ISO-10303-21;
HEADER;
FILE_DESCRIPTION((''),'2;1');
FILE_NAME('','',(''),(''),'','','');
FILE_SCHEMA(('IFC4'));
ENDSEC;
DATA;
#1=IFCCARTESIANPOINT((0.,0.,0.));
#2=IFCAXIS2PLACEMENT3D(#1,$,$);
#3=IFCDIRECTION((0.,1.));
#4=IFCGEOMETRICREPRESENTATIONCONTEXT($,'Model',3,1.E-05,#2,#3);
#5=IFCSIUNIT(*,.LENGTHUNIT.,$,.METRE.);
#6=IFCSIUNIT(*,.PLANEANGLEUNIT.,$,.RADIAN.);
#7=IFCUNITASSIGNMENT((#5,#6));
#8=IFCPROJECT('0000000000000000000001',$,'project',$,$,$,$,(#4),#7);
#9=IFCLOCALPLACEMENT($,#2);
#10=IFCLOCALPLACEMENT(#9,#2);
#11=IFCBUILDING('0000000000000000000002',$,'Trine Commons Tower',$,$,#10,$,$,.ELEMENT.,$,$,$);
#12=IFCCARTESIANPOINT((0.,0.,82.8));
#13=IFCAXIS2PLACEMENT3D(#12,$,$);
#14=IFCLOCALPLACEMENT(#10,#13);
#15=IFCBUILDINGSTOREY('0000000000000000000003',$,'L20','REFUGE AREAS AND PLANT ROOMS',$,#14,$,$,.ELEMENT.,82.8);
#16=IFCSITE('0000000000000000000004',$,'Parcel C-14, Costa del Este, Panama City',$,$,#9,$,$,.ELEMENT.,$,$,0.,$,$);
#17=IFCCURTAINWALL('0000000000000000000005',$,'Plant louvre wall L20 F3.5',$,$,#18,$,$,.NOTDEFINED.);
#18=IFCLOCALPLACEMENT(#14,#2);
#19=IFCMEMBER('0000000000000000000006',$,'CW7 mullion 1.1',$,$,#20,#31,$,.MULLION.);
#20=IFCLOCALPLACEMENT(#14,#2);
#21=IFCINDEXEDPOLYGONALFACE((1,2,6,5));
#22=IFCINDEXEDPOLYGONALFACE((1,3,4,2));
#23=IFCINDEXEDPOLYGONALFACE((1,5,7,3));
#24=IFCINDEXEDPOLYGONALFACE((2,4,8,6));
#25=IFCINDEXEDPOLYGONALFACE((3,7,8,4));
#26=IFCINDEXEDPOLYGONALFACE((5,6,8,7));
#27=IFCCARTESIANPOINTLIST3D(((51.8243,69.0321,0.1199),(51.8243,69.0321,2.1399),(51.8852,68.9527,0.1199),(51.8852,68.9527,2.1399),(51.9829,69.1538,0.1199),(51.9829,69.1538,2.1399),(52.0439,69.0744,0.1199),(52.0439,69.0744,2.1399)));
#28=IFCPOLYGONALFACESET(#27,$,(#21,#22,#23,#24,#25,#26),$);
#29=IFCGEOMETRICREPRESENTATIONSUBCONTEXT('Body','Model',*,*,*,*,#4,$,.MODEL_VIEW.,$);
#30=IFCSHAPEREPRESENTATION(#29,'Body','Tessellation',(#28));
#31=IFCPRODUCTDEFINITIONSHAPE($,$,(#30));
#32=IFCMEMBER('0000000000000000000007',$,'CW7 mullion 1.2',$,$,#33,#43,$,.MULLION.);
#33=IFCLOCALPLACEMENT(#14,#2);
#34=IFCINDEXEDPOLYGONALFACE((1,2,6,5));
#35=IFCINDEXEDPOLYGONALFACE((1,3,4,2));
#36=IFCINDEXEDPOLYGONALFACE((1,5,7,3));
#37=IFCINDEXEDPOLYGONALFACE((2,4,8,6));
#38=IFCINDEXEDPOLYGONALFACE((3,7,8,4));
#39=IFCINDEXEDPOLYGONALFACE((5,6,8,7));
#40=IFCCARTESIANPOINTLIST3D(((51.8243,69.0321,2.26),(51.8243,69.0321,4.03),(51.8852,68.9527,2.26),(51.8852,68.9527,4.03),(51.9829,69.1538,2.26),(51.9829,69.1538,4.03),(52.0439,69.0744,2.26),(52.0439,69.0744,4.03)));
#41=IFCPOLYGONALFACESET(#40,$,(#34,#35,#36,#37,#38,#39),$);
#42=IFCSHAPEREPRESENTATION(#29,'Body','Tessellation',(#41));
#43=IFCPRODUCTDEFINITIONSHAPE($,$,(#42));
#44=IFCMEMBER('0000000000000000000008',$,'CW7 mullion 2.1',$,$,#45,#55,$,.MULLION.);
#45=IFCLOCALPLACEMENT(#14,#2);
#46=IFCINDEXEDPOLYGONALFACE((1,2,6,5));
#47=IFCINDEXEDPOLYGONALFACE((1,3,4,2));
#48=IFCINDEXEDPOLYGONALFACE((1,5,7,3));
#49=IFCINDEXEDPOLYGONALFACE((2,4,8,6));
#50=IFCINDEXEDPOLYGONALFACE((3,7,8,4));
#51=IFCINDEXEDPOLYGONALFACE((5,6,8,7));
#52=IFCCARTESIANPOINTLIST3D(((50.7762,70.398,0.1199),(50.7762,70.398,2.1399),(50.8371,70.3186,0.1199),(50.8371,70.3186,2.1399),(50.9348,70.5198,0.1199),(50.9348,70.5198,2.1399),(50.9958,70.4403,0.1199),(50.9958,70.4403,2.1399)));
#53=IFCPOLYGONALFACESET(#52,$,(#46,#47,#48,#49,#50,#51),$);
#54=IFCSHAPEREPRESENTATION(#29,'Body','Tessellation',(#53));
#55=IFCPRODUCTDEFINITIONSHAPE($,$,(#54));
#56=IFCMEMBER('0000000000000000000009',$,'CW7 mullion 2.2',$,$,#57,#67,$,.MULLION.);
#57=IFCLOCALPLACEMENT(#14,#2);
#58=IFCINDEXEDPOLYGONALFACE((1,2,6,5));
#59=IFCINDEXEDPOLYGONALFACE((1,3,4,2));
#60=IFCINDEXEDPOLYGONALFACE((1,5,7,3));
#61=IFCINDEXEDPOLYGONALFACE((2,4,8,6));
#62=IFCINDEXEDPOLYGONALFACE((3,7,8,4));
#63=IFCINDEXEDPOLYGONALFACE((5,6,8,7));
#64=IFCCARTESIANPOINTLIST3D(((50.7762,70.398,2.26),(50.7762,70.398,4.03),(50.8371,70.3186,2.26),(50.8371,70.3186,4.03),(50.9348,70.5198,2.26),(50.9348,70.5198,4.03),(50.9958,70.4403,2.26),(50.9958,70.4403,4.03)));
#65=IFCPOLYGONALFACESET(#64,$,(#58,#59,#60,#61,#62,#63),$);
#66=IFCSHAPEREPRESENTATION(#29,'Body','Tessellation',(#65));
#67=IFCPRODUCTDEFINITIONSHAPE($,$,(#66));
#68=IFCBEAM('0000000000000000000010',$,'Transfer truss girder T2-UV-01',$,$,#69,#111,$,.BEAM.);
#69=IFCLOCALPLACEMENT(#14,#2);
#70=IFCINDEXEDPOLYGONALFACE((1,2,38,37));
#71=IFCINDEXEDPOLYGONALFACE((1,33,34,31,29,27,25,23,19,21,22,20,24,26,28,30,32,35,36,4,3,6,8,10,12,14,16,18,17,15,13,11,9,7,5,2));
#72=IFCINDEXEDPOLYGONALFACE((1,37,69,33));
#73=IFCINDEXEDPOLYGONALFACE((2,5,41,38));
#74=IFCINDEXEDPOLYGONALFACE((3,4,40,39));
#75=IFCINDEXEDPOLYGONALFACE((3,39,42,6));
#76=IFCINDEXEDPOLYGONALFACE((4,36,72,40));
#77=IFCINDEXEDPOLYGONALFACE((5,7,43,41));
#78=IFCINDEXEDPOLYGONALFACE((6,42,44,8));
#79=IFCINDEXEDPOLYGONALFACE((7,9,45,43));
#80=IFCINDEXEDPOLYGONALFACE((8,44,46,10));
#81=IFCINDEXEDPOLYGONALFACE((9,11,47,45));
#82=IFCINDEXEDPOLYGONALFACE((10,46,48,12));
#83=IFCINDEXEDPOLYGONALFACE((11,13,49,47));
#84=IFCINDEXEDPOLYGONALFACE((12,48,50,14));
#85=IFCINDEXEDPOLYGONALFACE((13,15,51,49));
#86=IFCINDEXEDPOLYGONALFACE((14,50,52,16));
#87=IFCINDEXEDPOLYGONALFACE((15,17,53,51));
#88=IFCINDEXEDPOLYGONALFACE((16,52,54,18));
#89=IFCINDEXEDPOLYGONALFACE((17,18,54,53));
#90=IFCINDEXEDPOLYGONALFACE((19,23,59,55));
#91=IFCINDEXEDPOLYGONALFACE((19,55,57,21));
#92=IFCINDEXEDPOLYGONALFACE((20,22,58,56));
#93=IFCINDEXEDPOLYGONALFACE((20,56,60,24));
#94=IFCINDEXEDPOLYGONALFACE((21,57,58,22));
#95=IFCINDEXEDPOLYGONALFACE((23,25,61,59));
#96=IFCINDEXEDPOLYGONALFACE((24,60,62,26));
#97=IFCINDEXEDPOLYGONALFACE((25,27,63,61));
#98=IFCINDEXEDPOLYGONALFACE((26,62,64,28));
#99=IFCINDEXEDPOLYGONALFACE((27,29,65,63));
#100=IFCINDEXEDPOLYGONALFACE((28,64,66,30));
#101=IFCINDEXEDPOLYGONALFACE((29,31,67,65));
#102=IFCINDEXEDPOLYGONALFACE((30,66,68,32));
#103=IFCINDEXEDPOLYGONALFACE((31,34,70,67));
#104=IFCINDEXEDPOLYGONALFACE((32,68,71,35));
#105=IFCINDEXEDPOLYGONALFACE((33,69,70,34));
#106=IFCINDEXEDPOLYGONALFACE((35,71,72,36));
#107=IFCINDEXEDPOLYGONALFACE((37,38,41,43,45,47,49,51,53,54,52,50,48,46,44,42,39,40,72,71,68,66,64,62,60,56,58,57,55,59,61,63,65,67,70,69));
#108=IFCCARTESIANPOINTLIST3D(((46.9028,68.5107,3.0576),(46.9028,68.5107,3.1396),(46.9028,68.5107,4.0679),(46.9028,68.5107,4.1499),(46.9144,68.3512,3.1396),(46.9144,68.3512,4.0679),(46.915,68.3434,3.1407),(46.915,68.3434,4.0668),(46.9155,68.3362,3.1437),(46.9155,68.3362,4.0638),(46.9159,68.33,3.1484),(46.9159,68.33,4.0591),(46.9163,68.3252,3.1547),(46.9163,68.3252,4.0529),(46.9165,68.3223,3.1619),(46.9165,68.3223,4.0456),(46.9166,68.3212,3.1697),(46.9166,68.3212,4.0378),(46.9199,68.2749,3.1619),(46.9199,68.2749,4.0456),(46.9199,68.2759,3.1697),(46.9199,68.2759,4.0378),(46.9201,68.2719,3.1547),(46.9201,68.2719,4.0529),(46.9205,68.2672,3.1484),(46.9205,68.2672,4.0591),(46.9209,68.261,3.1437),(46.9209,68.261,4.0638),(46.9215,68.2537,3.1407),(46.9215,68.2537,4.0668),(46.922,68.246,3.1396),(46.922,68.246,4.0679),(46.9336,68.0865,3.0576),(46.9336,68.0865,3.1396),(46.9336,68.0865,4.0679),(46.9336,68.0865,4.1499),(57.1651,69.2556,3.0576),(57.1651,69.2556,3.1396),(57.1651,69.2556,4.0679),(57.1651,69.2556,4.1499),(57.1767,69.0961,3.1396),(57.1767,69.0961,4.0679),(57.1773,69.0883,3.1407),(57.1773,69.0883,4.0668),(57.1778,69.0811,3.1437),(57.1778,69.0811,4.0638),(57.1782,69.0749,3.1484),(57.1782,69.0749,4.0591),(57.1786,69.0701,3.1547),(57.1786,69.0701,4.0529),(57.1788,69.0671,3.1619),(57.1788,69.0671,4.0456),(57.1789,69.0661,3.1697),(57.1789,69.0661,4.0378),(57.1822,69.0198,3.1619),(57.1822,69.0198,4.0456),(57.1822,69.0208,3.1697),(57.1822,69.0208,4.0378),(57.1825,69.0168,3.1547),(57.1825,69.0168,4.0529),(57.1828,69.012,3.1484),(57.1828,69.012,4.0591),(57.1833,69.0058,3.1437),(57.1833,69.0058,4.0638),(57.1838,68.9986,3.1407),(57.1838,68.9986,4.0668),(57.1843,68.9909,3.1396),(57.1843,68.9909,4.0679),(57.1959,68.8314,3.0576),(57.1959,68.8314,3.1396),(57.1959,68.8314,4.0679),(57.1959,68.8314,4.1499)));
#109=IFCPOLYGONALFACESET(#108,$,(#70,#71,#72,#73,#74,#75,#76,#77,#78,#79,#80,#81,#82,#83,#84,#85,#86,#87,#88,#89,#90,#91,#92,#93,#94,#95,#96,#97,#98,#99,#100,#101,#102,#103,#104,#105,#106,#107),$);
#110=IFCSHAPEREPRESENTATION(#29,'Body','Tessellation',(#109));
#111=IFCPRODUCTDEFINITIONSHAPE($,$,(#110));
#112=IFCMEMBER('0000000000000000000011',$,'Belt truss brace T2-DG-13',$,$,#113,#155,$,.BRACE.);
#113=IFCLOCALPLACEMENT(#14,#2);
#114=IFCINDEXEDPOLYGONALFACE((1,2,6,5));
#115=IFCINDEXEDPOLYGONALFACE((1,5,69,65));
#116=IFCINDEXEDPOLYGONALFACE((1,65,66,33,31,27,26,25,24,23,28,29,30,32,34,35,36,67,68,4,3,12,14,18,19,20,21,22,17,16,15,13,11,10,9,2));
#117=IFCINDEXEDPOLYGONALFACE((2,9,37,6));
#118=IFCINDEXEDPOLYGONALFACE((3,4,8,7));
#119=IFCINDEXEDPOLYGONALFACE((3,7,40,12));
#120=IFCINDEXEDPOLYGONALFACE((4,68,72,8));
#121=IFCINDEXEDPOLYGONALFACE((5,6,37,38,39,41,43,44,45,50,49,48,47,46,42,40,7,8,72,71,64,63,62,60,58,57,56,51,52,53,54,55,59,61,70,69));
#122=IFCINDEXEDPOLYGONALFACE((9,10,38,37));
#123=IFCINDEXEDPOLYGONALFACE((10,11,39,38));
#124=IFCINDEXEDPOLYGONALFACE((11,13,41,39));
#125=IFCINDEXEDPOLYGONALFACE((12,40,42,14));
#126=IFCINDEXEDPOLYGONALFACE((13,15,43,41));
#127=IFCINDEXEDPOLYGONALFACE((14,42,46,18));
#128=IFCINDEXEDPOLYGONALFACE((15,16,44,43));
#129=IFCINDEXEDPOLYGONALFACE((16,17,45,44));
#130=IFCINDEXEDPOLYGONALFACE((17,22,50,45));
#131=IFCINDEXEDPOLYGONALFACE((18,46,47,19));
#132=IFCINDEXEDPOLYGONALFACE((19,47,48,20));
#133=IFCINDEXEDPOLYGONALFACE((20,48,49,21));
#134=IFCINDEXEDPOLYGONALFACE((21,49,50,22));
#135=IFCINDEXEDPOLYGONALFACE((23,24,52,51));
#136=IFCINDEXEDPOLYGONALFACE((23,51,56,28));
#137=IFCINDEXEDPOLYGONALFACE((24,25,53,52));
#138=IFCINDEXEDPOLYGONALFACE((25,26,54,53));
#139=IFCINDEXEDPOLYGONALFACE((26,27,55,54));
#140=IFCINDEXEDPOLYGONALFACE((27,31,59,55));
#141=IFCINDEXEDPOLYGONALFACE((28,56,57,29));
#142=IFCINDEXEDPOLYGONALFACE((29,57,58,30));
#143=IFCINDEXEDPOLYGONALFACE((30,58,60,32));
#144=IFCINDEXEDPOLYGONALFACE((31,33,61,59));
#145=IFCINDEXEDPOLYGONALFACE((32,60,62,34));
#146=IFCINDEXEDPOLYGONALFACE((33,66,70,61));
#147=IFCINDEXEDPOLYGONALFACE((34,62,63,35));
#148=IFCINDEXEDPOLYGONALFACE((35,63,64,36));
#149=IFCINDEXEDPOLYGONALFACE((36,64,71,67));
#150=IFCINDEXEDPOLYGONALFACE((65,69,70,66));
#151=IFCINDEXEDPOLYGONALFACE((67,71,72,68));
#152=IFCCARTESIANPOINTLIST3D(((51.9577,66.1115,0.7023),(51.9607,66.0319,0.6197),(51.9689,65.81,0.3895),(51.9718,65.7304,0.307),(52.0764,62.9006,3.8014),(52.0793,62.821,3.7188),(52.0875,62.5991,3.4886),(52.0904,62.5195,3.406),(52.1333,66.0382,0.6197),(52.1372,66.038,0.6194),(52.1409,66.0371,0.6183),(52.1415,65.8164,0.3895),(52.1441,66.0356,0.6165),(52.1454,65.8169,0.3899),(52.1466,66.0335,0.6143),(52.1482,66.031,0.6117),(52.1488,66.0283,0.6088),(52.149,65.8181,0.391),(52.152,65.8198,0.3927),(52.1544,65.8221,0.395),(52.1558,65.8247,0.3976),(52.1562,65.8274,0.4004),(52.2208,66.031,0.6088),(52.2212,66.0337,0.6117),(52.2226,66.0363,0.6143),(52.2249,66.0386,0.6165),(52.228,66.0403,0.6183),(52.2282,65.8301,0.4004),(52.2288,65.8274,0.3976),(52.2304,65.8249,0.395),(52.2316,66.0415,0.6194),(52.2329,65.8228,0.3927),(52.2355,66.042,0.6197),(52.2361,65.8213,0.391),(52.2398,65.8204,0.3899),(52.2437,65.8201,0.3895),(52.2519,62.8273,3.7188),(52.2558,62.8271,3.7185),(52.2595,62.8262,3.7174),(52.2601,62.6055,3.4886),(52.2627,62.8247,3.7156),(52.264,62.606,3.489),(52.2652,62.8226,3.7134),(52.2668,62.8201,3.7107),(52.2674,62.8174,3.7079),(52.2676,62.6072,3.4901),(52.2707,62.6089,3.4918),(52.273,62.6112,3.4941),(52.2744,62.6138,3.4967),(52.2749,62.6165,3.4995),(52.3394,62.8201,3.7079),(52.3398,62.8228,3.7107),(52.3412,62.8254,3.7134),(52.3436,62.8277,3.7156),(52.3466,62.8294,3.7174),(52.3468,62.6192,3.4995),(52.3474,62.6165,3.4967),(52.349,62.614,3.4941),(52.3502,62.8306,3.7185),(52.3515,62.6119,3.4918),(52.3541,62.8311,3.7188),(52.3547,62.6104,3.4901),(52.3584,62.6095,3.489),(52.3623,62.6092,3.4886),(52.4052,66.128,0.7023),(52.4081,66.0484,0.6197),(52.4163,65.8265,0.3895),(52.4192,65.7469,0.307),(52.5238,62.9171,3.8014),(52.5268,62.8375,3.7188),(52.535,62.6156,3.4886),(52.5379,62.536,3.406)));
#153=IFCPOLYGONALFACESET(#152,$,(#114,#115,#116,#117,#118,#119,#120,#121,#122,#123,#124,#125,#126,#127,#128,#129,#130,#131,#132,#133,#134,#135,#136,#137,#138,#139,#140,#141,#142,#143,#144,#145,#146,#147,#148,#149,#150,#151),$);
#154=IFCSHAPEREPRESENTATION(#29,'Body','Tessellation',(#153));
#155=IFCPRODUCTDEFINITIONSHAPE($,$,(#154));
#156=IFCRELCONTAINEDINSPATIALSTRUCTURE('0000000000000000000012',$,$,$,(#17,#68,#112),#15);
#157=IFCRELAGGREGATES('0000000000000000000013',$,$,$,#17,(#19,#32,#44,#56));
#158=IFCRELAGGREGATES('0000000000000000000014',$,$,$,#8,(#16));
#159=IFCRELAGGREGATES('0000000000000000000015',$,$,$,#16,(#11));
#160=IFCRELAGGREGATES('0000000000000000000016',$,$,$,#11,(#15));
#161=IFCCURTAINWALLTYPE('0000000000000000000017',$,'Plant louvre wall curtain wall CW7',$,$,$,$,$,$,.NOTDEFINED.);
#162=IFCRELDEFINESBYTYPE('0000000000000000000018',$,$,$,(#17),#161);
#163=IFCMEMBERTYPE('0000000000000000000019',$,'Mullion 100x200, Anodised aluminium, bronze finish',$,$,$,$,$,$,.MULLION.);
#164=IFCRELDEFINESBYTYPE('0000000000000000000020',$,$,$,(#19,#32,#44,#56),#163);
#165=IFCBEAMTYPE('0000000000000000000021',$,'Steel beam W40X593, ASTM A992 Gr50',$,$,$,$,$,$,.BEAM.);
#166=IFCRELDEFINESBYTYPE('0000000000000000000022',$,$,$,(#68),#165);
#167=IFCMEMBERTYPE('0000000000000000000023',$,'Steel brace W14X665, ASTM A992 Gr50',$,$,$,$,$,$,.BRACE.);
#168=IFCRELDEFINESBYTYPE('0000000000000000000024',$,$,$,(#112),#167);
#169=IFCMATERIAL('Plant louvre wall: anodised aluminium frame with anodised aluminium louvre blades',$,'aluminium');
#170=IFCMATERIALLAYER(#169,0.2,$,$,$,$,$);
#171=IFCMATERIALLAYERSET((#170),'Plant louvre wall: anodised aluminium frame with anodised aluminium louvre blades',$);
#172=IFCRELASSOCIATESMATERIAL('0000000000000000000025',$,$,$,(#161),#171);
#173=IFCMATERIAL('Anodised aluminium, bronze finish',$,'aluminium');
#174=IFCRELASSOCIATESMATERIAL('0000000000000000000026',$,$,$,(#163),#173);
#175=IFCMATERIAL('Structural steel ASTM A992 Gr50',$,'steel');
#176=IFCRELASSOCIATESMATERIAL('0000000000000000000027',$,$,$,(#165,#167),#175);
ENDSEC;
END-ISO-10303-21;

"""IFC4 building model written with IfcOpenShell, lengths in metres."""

from ifc_helpers import new_model, si_unit, direction, frame, origin, origin_2d, place, context, subcontext, project, spatial, rectangle, i_section, extrude, material, layer, layer_set, material_profile, profile_set, type_object, element, aggregate, save


model = new_model("IFC4")

# Units and contexts
model_context = context("Model", 3, precision=1e-05, world=origin(), true_north=direction((0.0, 1.0)))
body_context = subcontext(model_context, "Body", "Model", "MODEL_VIEW")
ifc_project = project(units=[si_unit("LENGTHUNIT", "METRE"), si_unit("PLANEANGLEUNIT", "RADIAN")], contexts=[model_context])

# Site, building, storey
site_placement = place(None, origin())
site = spatial("IfcSite", under=ifc_project, at=site_placement, Name="Parcel C-14, Costa del Este, Panama City", CompositionType="ELEMENT", RefElevation=0.0)
building_placement = place(site_placement, origin())
building = spatial("IfcBuilding", under=site, at=building_placement, Name="Trine Commons Tower", CompositionType="ELEMENT")
storey_placement = place(building_placement, frame((0.0, 0.0, 82.8)))
storey = spatial("IfcBuildingStorey", under=building, at=storey_placement, Name="L20", Description="REFUGE AREAS AND PLANT ROOMS", CompositionType="ELEMENT", Elevation=82.8)

# Curtain wall, members
ifc_material_1 = material(Name="Plant louvre wall: anodised aluminium frame with anodised aluminium louvre blades", Category="aluminium")
ifc_layer_1 = layer(ifc_material_1, 0.2)
ifc_layer_set_1 = layer_set([ifc_layer_1], Name="Plant louvre wall: anodised aluminium frame with anodised aluminium louvre blades")
curtain_wall_type = type_object("IfcCurtainWallType", Name="Plant louvre wall curtain wall CW7", PredefinedType="NOTDEFINED", material=ifc_layer_set_1)
curtain_wall_placement = place(storey_placement, origin())
curtain_wall = element("IfcCurtainWall", 1, at=curtain_wall_placement, inside=storey, type_object=curtain_wall_type, Name="Plant louvre wall L20 F3.5", PredefinedType="NOTDEFINED")
ifc_material_2 = material(Name="Anodised aluminium, bronze finish", Category="aluminium")
ifc_material_profile_1 = material_profile(ifc_material_2, rectangle(XDim=0.2, YDim=0.1001, at=origin_2d()), Name="Mullion 100x200")
ifc_profile_set_1 = profile_set([ifc_material_profile_1], Name="Anodised aluminium, bronze finish")
member_type_1 = type_object("IfcMemberType", Name="Mullion 100x200, Anodised aluminium, bronze finish", PredefinedType="MULLION", material=ifc_profile_set_1)
member_1_placement = place(storey_placement, frame((51.9341, 69.0532, 0.1199), z_axis=(0.0, 0.0, 1.0), x_axis=(-0.793353, -0.608761, 0.0)))
member_1 = element("IfcMember", 2, at=member_1_placement, type_object=member_type_1, Name="CW7 mullion 1.1", PredefinedType="MULLION", context=body_context, shape_type="SweptSolid", body=[
    extrude(rectangle(XDim=0.2, YDim=0.1001, at=origin_2d()), origin(), (0.0, 0.0, 1.0), 2.02),
])
member_2_placement = place(storey_placement, frame((51.9341, 69.0532, 2.26), z_axis=(0.0, 0.0, 1.0), x_axis=(-0.793353, -0.608761, 0.0)))
member_2 = element("IfcMember", 3, at=member_2_placement, type_object=member_type_1, Name="CW7 mullion 1.2", PredefinedType="MULLION", context=body_context, shape_type="SweptSolid", body=[
    extrude(rectangle(XDim=0.2, YDim=0.1001, at=origin_2d()), origin(), (0.0, 0.0, 1.0), 1.77),
])
member_3_placement = place(storey_placement, frame((50.886, 70.4192, 0.1199), z_axis=(0.0, 0.0, 1.0), x_axis=(-0.793353, -0.608761, 0.0)))
member_3 = element("IfcMember", 4, at=member_3_placement, type_object=member_type_1, Name="CW7 mullion 2.1", PredefinedType="MULLION", context=body_context, shape_type="SweptSolid", body=[
    extrude(rectangle(XDim=0.2, YDim=0.1001, at=origin_2d()), origin(), (0.0, 0.0, 1.0), 2.02),
])
member_4_placement = place(storey_placement, frame((50.886, 70.4192, 2.26), z_axis=(0.0, 0.0, 1.0), x_axis=(-0.793353, -0.608761, 0.0)))
member_4 = element("IfcMember", 5, at=member_4_placement, type_object=member_type_1, Name="CW7 mullion 2.2", PredefinedType="MULLION", context=body_context, shape_type="SweptSolid", body=[
    extrude(rectangle(XDim=0.2, YDim=0.1001, at=origin_2d()), origin(), (0.0, 0.0, 1.0), 1.77),
])

# Beam
ifc_material_3 = material(Name="Structural steel ASTM A992 Gr50", Category="steel")
ifc_material_profile_2 = material_profile(ifc_material_3, i_section(OverallWidth=0.4253, OverallDepth=1.0923, WebThickness=0.0454, FlangeThickness=0.082, FilletRadius=0.03, at=origin_2d()), Name="W40X593")
ifc_profile_set_2 = profile_set([ifc_material_profile_2], Name="Structural steel ASTM A992 Gr50")
beam_type = type_object("IfcBeamType", Name="Steel beam W40X593, ASTM A992 Gr50", PredefinedType="BEAM", material=ifc_profile_set_2)
beam_placement = place(storey_placement, frame((46.9182, 68.2986, 3.6038), z_axis=(0.997376, 0.072394, 0.0), x_axis=(-0.072394, 0.997376, 0.0)))
element("IfcBeam", 6, at=beam_placement, inside=storey, type_object=beam_type, Name="Transfer truss girder T2-UV-01", PredefinedType="BEAM", context=body_context, shape_type="SweptSolid", body=[
    extrude(i_section(OverallWidth=0.4253, OverallDepth=1.0923, WebThickness=0.0454, FlangeThickness=0.082, FilletRadius=0.03, at=origin_2d()), origin(), (0.0, 0.0, 1.0), 10.2893),
])

# Member
ifc_material_profile_3 = material_profile(ifc_material_3, i_section(OverallWidth=0.4478, OverallDepth=0.5493, WebThickness=0.072, FlangeThickness=0.1147, FilletRadius=0.0151, at=origin_2d()), Name="W14X665")
ifc_profile_set_3 = profile_set([ifc_material_profile_3], Name="Structural steel ASTM A992 Gr50")
member_type_2 = type_object("IfcMemberType", Name="Steel brace W14X665, ASTM A992 Gr50", PredefinedType="BRACE", material=ifc_profile_set_3)
member_5_placement = place(storey_placement, frame((52.1885, 65.9292, 0.5046), z_axis=(0.026579, -0.71927, 0.694222), x_axis=(0.999318, 0.036927, 0.0)))
element("IfcMember", 7, at=member_5_placement, inside=storey, type_object=member_type_2, Name="Belt truss brace T2-DG-13", PredefinedType="BRACE", context=body_context, shape_type="SweptSolid", body=[
    extrude(i_section(OverallWidth=0.4478, OverallDepth=0.5493, WebThickness=0.072, FlangeThickness=0.1147, FilletRadius=0.0151, at=origin_2d()), origin(), (0.0, 0.0, 1.0), 4.4641),
])

aggregate(curtain_wall, [member_1, member_2, member_3, member_4])

save(model, "model.ifc")
